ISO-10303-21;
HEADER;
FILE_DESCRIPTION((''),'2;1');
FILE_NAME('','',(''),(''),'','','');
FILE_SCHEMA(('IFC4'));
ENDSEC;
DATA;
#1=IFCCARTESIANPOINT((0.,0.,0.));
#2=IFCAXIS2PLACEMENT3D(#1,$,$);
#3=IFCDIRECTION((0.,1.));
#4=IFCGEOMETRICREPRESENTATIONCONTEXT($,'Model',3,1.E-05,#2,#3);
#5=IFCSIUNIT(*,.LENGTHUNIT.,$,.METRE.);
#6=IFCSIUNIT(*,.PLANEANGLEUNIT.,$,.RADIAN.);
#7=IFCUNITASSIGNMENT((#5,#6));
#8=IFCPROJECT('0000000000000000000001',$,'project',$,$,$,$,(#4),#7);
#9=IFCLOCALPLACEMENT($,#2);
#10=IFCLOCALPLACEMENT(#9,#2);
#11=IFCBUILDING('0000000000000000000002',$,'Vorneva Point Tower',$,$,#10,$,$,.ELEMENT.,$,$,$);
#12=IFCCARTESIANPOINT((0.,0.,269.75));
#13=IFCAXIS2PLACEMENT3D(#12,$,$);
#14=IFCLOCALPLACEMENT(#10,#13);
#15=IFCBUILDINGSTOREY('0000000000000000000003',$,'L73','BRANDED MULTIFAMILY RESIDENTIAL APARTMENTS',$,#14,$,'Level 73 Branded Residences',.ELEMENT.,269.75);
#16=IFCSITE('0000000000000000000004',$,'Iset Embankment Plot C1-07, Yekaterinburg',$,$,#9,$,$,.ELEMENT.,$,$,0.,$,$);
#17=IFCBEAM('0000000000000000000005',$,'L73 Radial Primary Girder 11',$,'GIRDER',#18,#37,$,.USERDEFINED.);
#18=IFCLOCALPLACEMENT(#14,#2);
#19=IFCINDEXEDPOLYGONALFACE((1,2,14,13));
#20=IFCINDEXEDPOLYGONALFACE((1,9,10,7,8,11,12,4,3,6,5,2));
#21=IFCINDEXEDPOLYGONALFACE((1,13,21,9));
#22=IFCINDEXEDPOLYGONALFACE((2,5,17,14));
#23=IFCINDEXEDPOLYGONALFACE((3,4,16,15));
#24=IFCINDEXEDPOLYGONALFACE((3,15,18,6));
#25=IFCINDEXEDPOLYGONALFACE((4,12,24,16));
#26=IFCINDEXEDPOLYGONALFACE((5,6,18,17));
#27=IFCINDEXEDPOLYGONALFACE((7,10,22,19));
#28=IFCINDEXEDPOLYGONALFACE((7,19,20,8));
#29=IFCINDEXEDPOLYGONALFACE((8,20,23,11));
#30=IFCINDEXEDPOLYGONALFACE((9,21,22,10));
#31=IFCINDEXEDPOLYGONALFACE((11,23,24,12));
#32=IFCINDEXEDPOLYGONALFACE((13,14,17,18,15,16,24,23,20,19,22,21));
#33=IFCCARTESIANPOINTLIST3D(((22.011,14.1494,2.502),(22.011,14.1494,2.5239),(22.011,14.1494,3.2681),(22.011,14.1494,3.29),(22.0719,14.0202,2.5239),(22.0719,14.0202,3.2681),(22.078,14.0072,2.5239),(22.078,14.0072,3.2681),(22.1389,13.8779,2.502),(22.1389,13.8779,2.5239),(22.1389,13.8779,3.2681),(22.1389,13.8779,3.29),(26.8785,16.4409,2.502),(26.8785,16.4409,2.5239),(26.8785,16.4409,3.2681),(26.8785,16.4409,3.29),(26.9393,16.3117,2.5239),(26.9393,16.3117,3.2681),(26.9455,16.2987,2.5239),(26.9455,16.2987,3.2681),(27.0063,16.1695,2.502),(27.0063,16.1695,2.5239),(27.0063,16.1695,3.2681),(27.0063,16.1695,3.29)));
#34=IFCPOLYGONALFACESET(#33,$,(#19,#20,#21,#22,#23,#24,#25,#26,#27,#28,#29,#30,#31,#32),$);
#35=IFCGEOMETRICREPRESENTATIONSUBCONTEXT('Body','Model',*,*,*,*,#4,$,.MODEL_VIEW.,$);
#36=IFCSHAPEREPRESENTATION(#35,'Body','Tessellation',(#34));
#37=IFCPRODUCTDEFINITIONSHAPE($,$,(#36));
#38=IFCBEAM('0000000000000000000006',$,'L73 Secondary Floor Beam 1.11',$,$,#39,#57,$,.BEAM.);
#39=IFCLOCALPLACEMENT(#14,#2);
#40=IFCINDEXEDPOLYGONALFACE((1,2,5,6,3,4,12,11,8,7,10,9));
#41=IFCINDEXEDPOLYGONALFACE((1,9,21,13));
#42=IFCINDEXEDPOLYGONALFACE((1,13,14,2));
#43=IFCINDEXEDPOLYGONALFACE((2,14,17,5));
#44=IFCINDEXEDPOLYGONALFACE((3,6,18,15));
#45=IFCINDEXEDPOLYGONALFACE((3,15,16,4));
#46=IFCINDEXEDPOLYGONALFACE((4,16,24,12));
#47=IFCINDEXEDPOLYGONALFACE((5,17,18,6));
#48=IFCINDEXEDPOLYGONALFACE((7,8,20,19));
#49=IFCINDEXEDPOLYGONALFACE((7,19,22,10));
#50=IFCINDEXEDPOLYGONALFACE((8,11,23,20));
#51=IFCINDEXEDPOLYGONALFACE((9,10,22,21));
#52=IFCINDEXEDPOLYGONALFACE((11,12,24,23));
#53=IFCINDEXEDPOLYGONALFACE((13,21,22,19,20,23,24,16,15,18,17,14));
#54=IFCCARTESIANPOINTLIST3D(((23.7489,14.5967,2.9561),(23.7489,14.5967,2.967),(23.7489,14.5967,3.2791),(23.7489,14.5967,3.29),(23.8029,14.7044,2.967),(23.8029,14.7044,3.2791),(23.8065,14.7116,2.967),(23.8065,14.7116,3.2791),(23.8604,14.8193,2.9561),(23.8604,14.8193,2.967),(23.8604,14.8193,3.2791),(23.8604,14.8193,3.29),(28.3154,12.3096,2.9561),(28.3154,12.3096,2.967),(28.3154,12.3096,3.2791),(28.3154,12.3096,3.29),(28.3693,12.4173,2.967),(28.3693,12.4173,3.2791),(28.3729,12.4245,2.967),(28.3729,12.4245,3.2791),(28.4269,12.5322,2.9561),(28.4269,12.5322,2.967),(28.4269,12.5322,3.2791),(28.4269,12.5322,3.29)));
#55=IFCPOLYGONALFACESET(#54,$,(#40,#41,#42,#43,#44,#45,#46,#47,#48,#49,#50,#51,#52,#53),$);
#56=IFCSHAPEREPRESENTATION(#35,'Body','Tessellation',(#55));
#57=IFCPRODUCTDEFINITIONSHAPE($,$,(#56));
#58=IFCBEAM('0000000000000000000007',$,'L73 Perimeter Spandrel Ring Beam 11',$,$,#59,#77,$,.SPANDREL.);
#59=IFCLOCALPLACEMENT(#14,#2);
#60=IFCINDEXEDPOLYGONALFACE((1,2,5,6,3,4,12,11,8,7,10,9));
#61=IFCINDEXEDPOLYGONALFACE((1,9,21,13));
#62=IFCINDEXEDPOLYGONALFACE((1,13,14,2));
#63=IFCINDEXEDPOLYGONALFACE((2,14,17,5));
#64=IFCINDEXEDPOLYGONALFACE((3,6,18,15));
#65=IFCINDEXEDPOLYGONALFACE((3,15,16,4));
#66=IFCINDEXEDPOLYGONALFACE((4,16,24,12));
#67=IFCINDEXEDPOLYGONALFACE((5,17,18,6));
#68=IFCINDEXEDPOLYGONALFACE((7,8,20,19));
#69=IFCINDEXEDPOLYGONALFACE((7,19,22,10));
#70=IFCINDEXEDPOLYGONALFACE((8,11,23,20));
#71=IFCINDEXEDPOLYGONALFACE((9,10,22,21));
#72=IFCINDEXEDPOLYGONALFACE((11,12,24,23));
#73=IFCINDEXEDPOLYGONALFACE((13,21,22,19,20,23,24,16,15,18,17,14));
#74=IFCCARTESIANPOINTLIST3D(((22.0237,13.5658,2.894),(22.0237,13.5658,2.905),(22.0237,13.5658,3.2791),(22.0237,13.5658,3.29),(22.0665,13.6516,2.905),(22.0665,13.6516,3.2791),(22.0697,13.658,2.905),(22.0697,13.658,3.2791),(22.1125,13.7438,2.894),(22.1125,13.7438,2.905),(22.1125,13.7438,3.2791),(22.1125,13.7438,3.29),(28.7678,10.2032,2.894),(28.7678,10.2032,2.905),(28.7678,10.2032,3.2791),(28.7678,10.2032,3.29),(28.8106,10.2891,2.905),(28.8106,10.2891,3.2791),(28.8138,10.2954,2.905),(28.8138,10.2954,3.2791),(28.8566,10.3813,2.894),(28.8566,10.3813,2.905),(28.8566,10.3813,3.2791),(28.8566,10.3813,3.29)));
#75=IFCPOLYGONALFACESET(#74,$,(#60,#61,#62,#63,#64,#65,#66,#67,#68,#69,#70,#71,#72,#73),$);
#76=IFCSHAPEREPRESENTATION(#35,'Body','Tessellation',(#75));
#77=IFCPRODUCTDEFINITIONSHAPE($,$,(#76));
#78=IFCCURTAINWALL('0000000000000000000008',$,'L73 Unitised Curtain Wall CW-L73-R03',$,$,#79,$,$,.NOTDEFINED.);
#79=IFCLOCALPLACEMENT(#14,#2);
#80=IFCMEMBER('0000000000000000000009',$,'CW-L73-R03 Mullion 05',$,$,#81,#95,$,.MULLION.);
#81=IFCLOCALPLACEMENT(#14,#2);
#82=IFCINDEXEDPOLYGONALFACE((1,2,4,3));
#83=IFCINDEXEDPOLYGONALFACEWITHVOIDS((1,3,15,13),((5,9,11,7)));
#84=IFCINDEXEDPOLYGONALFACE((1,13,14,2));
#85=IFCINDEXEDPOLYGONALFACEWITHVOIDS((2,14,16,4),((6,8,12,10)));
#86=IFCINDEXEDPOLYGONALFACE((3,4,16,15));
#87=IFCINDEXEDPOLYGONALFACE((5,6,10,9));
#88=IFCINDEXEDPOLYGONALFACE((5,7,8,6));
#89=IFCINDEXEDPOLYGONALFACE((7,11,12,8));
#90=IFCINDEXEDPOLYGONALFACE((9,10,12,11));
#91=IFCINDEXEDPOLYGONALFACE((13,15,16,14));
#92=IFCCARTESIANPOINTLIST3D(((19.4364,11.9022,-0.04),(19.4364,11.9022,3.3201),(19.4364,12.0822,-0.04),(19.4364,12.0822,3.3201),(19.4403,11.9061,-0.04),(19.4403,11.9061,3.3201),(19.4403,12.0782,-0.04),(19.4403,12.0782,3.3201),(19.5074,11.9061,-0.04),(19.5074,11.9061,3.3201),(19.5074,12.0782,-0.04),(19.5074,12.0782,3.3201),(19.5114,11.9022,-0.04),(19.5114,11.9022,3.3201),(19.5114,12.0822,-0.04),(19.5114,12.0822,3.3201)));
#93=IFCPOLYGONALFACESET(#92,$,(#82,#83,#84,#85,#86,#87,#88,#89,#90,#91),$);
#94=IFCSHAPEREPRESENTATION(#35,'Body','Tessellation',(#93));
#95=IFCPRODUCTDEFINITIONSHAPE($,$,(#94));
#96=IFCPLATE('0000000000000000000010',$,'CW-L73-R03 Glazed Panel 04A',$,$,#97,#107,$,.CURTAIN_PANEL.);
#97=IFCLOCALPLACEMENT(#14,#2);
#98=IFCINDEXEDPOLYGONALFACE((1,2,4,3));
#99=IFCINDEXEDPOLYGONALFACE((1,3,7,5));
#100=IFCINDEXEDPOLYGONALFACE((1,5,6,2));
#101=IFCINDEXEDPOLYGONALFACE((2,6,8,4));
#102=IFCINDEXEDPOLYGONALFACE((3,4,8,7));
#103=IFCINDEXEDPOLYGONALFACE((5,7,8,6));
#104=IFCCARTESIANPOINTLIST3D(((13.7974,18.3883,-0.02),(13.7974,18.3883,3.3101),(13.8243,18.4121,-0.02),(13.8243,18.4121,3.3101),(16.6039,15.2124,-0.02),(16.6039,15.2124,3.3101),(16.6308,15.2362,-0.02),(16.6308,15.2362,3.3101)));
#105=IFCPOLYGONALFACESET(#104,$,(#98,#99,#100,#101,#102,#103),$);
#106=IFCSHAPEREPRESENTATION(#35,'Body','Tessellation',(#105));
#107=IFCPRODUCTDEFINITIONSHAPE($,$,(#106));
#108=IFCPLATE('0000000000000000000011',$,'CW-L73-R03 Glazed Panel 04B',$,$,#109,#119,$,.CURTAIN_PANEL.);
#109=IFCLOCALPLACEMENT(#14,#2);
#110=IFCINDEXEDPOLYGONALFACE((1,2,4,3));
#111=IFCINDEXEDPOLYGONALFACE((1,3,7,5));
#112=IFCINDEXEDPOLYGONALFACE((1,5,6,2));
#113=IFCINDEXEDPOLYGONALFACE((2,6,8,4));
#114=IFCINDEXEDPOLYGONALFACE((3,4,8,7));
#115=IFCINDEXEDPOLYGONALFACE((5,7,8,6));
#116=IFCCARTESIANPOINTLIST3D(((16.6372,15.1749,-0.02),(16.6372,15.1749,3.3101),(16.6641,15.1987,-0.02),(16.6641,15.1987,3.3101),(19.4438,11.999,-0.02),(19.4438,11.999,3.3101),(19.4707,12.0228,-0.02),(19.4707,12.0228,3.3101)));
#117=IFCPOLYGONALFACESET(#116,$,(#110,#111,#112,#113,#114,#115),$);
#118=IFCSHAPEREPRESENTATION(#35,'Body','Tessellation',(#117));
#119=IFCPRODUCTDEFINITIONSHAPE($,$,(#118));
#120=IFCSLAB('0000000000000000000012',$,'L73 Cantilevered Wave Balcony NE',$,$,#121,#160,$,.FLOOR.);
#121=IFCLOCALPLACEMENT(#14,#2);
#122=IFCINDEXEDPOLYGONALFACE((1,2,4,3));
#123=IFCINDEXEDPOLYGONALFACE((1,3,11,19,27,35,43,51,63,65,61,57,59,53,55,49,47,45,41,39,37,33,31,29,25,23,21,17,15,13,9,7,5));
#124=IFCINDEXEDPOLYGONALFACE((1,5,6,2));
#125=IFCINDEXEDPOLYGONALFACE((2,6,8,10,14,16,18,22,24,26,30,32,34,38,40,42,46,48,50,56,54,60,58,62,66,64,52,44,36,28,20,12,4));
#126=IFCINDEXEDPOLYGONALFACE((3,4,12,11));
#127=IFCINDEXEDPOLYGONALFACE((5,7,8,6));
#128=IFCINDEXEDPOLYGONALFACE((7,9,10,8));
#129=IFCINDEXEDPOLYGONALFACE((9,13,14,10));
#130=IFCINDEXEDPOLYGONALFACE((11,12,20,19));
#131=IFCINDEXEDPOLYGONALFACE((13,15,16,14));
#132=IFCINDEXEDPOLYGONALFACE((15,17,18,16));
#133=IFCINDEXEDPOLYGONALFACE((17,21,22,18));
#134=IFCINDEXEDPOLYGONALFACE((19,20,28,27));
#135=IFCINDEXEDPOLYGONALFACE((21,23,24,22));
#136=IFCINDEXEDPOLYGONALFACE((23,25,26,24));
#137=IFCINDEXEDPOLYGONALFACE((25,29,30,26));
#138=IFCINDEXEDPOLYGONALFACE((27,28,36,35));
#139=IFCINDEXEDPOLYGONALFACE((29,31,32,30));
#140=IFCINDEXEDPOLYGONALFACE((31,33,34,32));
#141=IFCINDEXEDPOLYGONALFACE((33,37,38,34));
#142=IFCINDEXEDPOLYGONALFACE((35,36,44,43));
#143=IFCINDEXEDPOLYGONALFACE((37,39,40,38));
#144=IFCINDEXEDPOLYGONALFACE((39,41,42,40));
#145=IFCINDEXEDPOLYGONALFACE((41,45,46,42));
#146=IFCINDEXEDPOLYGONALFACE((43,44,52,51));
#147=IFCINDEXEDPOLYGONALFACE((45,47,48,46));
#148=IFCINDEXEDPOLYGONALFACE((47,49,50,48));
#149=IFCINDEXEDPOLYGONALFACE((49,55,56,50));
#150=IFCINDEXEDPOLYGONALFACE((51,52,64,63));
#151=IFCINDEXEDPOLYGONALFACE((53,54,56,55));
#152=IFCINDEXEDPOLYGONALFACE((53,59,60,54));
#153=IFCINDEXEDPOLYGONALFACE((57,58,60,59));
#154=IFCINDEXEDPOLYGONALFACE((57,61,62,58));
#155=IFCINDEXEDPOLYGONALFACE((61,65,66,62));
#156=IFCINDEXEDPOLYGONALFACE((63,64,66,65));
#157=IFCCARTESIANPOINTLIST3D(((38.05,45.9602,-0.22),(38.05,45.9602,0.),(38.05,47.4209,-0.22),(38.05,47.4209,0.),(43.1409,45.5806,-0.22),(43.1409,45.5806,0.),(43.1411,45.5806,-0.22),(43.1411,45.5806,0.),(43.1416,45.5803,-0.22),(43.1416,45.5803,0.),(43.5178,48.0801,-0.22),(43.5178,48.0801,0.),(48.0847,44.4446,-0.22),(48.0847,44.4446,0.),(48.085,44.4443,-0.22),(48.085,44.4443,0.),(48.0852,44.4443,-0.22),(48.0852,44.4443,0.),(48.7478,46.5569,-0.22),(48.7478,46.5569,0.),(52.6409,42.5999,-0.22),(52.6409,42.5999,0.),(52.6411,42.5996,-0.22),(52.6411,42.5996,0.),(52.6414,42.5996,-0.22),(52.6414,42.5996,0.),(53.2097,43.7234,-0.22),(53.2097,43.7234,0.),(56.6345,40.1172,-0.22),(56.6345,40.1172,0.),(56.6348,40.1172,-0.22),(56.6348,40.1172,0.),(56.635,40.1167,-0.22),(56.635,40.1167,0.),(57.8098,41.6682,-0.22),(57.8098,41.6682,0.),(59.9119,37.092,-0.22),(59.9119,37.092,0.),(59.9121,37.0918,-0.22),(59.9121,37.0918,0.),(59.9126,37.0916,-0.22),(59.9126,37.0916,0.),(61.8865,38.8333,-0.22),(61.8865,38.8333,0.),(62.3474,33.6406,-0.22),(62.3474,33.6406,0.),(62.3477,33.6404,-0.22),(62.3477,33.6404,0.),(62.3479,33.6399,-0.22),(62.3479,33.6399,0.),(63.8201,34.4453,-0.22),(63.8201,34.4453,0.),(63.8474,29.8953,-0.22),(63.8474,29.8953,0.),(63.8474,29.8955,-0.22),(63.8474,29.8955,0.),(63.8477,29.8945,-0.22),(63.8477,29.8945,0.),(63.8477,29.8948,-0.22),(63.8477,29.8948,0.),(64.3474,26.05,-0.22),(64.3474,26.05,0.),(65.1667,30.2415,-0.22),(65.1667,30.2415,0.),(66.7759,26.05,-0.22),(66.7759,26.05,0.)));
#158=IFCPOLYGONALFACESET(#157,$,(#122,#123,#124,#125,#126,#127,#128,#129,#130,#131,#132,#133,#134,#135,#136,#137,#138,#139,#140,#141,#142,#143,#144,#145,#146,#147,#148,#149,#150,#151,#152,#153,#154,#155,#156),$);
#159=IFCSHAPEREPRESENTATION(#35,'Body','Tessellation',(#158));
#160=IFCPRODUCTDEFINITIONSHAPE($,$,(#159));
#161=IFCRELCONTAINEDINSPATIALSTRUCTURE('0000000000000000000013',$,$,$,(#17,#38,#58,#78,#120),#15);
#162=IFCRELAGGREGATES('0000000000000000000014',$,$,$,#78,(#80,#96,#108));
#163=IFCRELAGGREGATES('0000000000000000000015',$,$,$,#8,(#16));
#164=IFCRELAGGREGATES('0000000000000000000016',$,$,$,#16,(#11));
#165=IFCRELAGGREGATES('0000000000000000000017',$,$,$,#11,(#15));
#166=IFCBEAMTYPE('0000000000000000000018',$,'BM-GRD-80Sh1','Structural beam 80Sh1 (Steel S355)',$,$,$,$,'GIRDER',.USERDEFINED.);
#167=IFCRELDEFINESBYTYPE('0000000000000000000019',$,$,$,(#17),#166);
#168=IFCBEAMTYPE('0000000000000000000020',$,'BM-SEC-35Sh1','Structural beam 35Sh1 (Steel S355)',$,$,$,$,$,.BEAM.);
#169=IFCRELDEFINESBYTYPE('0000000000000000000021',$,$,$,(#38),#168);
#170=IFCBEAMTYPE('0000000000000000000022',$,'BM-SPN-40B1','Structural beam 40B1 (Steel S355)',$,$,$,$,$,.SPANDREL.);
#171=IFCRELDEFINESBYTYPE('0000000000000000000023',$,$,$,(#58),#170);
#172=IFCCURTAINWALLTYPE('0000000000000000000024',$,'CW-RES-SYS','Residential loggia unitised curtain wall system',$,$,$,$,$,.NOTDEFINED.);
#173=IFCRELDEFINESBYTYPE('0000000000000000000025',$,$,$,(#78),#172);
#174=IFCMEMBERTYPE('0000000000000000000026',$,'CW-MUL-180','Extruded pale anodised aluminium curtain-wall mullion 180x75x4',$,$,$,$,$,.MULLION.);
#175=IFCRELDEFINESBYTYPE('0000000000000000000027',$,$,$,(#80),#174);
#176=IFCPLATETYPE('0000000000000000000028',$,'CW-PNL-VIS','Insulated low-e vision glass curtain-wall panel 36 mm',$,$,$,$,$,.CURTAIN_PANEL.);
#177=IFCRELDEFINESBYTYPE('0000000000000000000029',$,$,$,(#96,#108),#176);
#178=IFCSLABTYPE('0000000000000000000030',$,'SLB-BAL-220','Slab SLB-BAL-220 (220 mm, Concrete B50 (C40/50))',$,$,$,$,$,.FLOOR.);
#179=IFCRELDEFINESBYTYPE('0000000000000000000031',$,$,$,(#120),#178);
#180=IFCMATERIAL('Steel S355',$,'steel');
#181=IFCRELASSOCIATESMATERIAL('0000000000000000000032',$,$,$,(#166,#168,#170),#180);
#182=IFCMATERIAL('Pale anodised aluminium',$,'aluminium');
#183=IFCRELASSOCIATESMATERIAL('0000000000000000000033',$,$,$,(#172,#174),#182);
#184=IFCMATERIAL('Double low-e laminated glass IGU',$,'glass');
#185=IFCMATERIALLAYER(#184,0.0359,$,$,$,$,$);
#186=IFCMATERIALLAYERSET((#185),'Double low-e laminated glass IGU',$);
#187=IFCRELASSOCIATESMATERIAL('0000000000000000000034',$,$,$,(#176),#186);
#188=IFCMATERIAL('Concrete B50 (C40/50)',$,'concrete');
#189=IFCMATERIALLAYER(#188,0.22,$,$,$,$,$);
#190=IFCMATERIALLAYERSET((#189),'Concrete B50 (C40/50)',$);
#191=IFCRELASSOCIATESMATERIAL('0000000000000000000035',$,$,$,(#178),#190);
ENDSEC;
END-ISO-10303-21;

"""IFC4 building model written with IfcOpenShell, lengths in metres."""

from ifc_helpers import new_model, si_unit, direction, frame, origin, origin_2d, place, context, subcontext, project, spatial, polyline, rectangle, hollow_rectangle, i_section, outline, extrude, material, layer, layer_set, material_profile, profile_set, type_object, element, aggregate, save


model = new_model("IFC4")

# Units and contexts
model_context = context("Model", 3, precision=1e-05, world=origin(), true_north=direction((0.0, 1.0)))
body_context = subcontext(model_context, "Body", "Model", "MODEL_VIEW")
ifc_project = project(units=[si_unit("LENGTHUNIT", "METRE"), si_unit("PLANEANGLEUNIT", "RADIAN")], contexts=[model_context])

# Site, building, storey
site_placement = place(None, origin())
site = spatial("IfcSite", under=ifc_project, at=site_placement, Name="Iset Embankment Plot C1-07, Yekaterinburg", CompositionType="ELEMENT", RefElevation=0.0)
building_placement = place(site_placement, origin())
building = spatial("IfcBuilding", under=site, at=building_placement, Name="Vorneva Point Tower", CompositionType="ELEMENT")
storey_placement = place(building_placement, frame((0.0, 0.0, 269.75)))
storey = spatial("IfcBuildingStorey", under=building, at=storey_placement, Name="L73", Description="BRANDED MULTIFAMILY RESIDENTIAL APARTMENTS", LongName="Level 73 Branded Residences", CompositionType="ELEMENT", Elevation=269.75)

# Shared definitions
ifc_material_1 = material(Name="Concrete B50 (C40/50)", Category="concrete")

# Beams
ifc_material_2 = material(Name="Steel S355", Category="steel")
ifc_material_profile_1 = material_profile(ifc_material_2, i_section(OverallWidth=0.3, OverallDepth=0.7881, WebThickness=0.0144, FlangeThickness=0.022, at=origin_2d()), Name="80Sh1")
ifc_profile_set_1 = profile_set([ifc_material_profile_1], Name="Steel S355")
beam_type_1 = type_object("IfcBeamType", Name="BM-GRD-80Sh1", Description="Structural beam 80Sh1 (Steel S355)", ElementType="GIRDER", PredefinedType="USERDEFINED", material=ifc_profile_set_1)
beam_1_placement = place(storey_placement, frame((22.075, 14.0137, 2.896), z_axis=(0.904751, 0.425941, 0.0), x_axis=(-0.425941, 0.904751, 0.0)))
element("IfcBeam", 1, at=beam_1_placement, inside=storey, type_object=beam_type_1, Name="L73 Radial Primary Girder 11", ObjectType="GIRDER", PredefinedType="USERDEFINED", context=body_context, shape_type="SweptSolid", body=[
    extrude(i_section(OverallWidth=0.3, OverallDepth=0.7881, WebThickness=0.0144, FlangeThickness=0.022, at=origin_2d()), origin(), (0.0, 0.0, 1.0), 5.3799),
])
ifc_material_profile_2 = material_profile(ifc_material_2, i_section(OverallWidth=0.249, OverallDepth=0.334, WebThickness=0.0081, FlangeThickness=0.011, at=origin_2d()), Name="35Sh1")
ifc_profile_set_2 = profile_set([ifc_material_profile_2], Name="Steel S355")
beam_type_2 = type_object("IfcBeamType", Name="BM-SEC-35Sh1", Description="Structural beam 35Sh1 (Steel S355)", PredefinedType="BEAM", material=ifc_profile_set_2)
beam_2_placement = place(storey_placement, frame((23.8047, 14.708, 3.123), z_axis=(0.894121, -0.447825, 0.0), x_axis=(0.447825, 0.894121, 0.0)))
element("IfcBeam", 2, at=beam_2_placement, inside=storey, type_object=beam_type_2, Name="L73 Secondary Floor Beam 1.11", PredefinedType="BEAM", context=body_context, shape_type="SweptSolid", body=[
    extrude(i_section(OverallWidth=0.249, OverallDepth=0.334, WebThickness=0.0081, FlangeThickness=0.011, at=origin_2d()), origin(), (0.0, 0.0, 1.0), 5.1072),
])
ifc_material_profile_3 = material_profile(ifc_material_2, i_section(OverallWidth=0.199, OverallDepth=0.396, WebThickness=0.0071, FlangeThickness=0.011, at=origin_2d()), Name="40B1")
ifc_profile_set_3 = profile_set([ifc_material_profile_3], Name="Steel S355")
beam_type_3 = type_object("IfcBeamType", Name="BM-SPN-40B1", Description="Structural beam 40B1 (Steel S355)", PredefinedType="SPANDREL", material=ifc_profile_set_3)
beam_3_placement = place(storey_placement, frame((22.0681, 13.6548, 3.092), z_axis=(0.894932, -0.446203, 0.0), x_axis=(0.446203, 0.894932, 0.0)))
element("IfcBeam", 3, at=beam_3_placement, inside=storey, type_object=beam_type_3, Name="L73 Perimeter Spandrel Ring Beam 11", PredefinedType="SPANDREL", context=body_context, shape_type="SweptSolid", body=[
    extrude(i_section(OverallWidth=0.199, OverallDepth=0.396, WebThickness=0.0071, FlangeThickness=0.011, at=origin_2d()), origin(), (0.0, 0.0, 1.0), 7.5359),
])

# Curtain wall, member, plates
ifc_material_3 = material(Name="Pale anodised aluminium", Category="aluminium")
curtain_wall_type = type_object("IfcCurtainWallType", Name="CW-RES-SYS", Description="Residential loggia unitised curtain wall system", PredefinedType="NOTDEFINED", material=ifc_material_3)
curtain_wall_placement = place(storey_placement, origin())
curtain_wall = element("IfcCurtainWall", 4, at=curtain_wall_placement, inside=storey, type_object=curtain_wall_type, Name="L73 Unitised Curtain Wall CW-L73-R03", PredefinedType="NOTDEFINED")
ifc_material_profile_4 = material_profile(ifc_material_3, hollow_rectangle(XDim=0.075, YDim=0.1799, WallThickness=0.0039, at=origin_2d()), Name="AL-MUL 180x75x4")
ifc_profile_set_4 = profile_set([ifc_material_profile_4], Name="Pale anodised aluminium")
member_type = type_object("IfcMemberType", Name="CW-MUL-180", Description="Extruded pale anodised aluminium curtain-wall mullion 180x75x4", PredefinedType="MULLION", material=ifc_profile_set_4)
member_placement = place(storey_placement, frame((19.4739, 11.9922, -0.04), z_axis=(0.0, 0.0, 1.0), x_axis=(1.0, 0.0, 0.0)))
member = element("IfcMember", 5, at=member_placement, type_object=member_type, Name="CW-L73-R03 Mullion 05", PredefinedType="MULLION", context=body_context, shape_type="SweptSolid", body=[
    extrude(hollow_rectangle(XDim=0.075, YDim=0.1799, WallThickness=0.0039, at=origin_2d()), origin(), (0.0, 0.0, 1.0), 3.3601),
])
ifc_material_4 = material(Name="Double low-e laminated glass IGU", Category="glass")
ifc_layer_1 = layer(ifc_material_4, 0.0359)
ifc_layer_set_1 = layer_set([ifc_layer_1], Name="Double low-e laminated glass IGU")
plate_type = type_object("IfcPlateType", Name="CW-PNL-VIS", Description="Insulated low-e vision glass curtain-wall panel 36 mm", PredefinedType="CURTAIN_PANEL", material=ifc_layer_set_1)
plate_1_placement = place(storey_placement, frame((15.2141, 16.8123, -0.02), z_axis=(0.0, 0.0, 1.0), x_axis=(0.662189, -0.749337, 0.0)))
plate_1 = element("IfcPlate", 6, at=plate_1_placement, type_object=plate_type, Name="CW-L73-R03 Glazed Panel 04A", PredefinedType="CURTAIN_PANEL", context=body_context, shape_type="SweptSolid", body=[
    extrude(rectangle(XDim=4.2383, YDim=0.0359, at=origin_2d()), origin(), (0.0, 0.0, 1.0), 3.3301),
])
plate_2_placement = place(storey_placement, frame((18.054, 13.5989, -0.02), z_axis=(0.0, 0.0, 1.0), x_axis=(0.662189, -0.749337, 0.0)))
plate_2 = element("IfcPlate", 7, at=plate_2_placement, type_object=plate_type, Name="CW-L73-R03 Glazed Panel 04B", PredefinedType="CURTAIN_PANEL", context=body_context, shape_type="SweptSolid", body=[
    extrude(rectangle(XDim=4.2383, YDim=0.0359, at=origin_2d()), origin(), (0.0, 0.0, 1.0), 3.3301),
])
aggregate(curtain_wall, [member, plate_1, plate_2])

# Slab
ifc_layer_2 = layer(ifc_material_1, 0.22)
ifc_layer_set_2 = layer_set([ifc_layer_2], Name="Concrete B50 (C40/50)")
slab_type_1 = type_object("IfcSlabType", Name="SLB-BAL-220", Description="Slab SLB-BAL-220 (220 mm, Concrete B50 (C40/50))", PredefinedType="FLOOR", material=ifc_layer_set_2)
slab_1_placement = place(storey_placement, frame((0.0, 0.0, -0.22)))
element("IfcSlab", 8, at=slab_1_placement, inside=storey, type_object=slab_type_1, Name="L73 Cantilevered Wave Balcony NE", PredefinedType="FLOOR", context=body_context, shape_type="SweptSolid", body=[
    extrude(outline(polyline([(38.05, 47.4209), (38.05, 45.9602), (43.1409, 45.5806), (43.1411, 45.5806), (43.1416, 45.5803), (48.0847, 44.4446), (48.085, 44.4443), (48.0852, 44.4443), (52.6409, 42.5999), (52.6411, 42.5996), (52.6414, 42.5996), (56.6345, 40.1172), (56.6348, 40.1172), (56.635, 40.1167), (59.9119, 37.092), (59.9121, 37.0918), (59.9126, 37.0916), (62.3474, 33.6406), (62.3477, 33.6404), (62.3479, 33.6399), (63.8474, 29.8955), (63.8474, 29.8953), (63.8477, 29.8948), (63.8477, 29.8945), (64.3474, 26.05), (66.7759, 26.05), (65.1667, 30.2415), (63.8201, 34.4453), (61.8865, 38.8333), (57.8098, 41.6682), (53.2097, 43.7234), (48.7478, 46.5569), (43.5178, 48.0801), (38.05, 47.4209)])), origin(), (0.0, 0.0, 1.0), 0.22),
])

save(model, "model.ifc")
